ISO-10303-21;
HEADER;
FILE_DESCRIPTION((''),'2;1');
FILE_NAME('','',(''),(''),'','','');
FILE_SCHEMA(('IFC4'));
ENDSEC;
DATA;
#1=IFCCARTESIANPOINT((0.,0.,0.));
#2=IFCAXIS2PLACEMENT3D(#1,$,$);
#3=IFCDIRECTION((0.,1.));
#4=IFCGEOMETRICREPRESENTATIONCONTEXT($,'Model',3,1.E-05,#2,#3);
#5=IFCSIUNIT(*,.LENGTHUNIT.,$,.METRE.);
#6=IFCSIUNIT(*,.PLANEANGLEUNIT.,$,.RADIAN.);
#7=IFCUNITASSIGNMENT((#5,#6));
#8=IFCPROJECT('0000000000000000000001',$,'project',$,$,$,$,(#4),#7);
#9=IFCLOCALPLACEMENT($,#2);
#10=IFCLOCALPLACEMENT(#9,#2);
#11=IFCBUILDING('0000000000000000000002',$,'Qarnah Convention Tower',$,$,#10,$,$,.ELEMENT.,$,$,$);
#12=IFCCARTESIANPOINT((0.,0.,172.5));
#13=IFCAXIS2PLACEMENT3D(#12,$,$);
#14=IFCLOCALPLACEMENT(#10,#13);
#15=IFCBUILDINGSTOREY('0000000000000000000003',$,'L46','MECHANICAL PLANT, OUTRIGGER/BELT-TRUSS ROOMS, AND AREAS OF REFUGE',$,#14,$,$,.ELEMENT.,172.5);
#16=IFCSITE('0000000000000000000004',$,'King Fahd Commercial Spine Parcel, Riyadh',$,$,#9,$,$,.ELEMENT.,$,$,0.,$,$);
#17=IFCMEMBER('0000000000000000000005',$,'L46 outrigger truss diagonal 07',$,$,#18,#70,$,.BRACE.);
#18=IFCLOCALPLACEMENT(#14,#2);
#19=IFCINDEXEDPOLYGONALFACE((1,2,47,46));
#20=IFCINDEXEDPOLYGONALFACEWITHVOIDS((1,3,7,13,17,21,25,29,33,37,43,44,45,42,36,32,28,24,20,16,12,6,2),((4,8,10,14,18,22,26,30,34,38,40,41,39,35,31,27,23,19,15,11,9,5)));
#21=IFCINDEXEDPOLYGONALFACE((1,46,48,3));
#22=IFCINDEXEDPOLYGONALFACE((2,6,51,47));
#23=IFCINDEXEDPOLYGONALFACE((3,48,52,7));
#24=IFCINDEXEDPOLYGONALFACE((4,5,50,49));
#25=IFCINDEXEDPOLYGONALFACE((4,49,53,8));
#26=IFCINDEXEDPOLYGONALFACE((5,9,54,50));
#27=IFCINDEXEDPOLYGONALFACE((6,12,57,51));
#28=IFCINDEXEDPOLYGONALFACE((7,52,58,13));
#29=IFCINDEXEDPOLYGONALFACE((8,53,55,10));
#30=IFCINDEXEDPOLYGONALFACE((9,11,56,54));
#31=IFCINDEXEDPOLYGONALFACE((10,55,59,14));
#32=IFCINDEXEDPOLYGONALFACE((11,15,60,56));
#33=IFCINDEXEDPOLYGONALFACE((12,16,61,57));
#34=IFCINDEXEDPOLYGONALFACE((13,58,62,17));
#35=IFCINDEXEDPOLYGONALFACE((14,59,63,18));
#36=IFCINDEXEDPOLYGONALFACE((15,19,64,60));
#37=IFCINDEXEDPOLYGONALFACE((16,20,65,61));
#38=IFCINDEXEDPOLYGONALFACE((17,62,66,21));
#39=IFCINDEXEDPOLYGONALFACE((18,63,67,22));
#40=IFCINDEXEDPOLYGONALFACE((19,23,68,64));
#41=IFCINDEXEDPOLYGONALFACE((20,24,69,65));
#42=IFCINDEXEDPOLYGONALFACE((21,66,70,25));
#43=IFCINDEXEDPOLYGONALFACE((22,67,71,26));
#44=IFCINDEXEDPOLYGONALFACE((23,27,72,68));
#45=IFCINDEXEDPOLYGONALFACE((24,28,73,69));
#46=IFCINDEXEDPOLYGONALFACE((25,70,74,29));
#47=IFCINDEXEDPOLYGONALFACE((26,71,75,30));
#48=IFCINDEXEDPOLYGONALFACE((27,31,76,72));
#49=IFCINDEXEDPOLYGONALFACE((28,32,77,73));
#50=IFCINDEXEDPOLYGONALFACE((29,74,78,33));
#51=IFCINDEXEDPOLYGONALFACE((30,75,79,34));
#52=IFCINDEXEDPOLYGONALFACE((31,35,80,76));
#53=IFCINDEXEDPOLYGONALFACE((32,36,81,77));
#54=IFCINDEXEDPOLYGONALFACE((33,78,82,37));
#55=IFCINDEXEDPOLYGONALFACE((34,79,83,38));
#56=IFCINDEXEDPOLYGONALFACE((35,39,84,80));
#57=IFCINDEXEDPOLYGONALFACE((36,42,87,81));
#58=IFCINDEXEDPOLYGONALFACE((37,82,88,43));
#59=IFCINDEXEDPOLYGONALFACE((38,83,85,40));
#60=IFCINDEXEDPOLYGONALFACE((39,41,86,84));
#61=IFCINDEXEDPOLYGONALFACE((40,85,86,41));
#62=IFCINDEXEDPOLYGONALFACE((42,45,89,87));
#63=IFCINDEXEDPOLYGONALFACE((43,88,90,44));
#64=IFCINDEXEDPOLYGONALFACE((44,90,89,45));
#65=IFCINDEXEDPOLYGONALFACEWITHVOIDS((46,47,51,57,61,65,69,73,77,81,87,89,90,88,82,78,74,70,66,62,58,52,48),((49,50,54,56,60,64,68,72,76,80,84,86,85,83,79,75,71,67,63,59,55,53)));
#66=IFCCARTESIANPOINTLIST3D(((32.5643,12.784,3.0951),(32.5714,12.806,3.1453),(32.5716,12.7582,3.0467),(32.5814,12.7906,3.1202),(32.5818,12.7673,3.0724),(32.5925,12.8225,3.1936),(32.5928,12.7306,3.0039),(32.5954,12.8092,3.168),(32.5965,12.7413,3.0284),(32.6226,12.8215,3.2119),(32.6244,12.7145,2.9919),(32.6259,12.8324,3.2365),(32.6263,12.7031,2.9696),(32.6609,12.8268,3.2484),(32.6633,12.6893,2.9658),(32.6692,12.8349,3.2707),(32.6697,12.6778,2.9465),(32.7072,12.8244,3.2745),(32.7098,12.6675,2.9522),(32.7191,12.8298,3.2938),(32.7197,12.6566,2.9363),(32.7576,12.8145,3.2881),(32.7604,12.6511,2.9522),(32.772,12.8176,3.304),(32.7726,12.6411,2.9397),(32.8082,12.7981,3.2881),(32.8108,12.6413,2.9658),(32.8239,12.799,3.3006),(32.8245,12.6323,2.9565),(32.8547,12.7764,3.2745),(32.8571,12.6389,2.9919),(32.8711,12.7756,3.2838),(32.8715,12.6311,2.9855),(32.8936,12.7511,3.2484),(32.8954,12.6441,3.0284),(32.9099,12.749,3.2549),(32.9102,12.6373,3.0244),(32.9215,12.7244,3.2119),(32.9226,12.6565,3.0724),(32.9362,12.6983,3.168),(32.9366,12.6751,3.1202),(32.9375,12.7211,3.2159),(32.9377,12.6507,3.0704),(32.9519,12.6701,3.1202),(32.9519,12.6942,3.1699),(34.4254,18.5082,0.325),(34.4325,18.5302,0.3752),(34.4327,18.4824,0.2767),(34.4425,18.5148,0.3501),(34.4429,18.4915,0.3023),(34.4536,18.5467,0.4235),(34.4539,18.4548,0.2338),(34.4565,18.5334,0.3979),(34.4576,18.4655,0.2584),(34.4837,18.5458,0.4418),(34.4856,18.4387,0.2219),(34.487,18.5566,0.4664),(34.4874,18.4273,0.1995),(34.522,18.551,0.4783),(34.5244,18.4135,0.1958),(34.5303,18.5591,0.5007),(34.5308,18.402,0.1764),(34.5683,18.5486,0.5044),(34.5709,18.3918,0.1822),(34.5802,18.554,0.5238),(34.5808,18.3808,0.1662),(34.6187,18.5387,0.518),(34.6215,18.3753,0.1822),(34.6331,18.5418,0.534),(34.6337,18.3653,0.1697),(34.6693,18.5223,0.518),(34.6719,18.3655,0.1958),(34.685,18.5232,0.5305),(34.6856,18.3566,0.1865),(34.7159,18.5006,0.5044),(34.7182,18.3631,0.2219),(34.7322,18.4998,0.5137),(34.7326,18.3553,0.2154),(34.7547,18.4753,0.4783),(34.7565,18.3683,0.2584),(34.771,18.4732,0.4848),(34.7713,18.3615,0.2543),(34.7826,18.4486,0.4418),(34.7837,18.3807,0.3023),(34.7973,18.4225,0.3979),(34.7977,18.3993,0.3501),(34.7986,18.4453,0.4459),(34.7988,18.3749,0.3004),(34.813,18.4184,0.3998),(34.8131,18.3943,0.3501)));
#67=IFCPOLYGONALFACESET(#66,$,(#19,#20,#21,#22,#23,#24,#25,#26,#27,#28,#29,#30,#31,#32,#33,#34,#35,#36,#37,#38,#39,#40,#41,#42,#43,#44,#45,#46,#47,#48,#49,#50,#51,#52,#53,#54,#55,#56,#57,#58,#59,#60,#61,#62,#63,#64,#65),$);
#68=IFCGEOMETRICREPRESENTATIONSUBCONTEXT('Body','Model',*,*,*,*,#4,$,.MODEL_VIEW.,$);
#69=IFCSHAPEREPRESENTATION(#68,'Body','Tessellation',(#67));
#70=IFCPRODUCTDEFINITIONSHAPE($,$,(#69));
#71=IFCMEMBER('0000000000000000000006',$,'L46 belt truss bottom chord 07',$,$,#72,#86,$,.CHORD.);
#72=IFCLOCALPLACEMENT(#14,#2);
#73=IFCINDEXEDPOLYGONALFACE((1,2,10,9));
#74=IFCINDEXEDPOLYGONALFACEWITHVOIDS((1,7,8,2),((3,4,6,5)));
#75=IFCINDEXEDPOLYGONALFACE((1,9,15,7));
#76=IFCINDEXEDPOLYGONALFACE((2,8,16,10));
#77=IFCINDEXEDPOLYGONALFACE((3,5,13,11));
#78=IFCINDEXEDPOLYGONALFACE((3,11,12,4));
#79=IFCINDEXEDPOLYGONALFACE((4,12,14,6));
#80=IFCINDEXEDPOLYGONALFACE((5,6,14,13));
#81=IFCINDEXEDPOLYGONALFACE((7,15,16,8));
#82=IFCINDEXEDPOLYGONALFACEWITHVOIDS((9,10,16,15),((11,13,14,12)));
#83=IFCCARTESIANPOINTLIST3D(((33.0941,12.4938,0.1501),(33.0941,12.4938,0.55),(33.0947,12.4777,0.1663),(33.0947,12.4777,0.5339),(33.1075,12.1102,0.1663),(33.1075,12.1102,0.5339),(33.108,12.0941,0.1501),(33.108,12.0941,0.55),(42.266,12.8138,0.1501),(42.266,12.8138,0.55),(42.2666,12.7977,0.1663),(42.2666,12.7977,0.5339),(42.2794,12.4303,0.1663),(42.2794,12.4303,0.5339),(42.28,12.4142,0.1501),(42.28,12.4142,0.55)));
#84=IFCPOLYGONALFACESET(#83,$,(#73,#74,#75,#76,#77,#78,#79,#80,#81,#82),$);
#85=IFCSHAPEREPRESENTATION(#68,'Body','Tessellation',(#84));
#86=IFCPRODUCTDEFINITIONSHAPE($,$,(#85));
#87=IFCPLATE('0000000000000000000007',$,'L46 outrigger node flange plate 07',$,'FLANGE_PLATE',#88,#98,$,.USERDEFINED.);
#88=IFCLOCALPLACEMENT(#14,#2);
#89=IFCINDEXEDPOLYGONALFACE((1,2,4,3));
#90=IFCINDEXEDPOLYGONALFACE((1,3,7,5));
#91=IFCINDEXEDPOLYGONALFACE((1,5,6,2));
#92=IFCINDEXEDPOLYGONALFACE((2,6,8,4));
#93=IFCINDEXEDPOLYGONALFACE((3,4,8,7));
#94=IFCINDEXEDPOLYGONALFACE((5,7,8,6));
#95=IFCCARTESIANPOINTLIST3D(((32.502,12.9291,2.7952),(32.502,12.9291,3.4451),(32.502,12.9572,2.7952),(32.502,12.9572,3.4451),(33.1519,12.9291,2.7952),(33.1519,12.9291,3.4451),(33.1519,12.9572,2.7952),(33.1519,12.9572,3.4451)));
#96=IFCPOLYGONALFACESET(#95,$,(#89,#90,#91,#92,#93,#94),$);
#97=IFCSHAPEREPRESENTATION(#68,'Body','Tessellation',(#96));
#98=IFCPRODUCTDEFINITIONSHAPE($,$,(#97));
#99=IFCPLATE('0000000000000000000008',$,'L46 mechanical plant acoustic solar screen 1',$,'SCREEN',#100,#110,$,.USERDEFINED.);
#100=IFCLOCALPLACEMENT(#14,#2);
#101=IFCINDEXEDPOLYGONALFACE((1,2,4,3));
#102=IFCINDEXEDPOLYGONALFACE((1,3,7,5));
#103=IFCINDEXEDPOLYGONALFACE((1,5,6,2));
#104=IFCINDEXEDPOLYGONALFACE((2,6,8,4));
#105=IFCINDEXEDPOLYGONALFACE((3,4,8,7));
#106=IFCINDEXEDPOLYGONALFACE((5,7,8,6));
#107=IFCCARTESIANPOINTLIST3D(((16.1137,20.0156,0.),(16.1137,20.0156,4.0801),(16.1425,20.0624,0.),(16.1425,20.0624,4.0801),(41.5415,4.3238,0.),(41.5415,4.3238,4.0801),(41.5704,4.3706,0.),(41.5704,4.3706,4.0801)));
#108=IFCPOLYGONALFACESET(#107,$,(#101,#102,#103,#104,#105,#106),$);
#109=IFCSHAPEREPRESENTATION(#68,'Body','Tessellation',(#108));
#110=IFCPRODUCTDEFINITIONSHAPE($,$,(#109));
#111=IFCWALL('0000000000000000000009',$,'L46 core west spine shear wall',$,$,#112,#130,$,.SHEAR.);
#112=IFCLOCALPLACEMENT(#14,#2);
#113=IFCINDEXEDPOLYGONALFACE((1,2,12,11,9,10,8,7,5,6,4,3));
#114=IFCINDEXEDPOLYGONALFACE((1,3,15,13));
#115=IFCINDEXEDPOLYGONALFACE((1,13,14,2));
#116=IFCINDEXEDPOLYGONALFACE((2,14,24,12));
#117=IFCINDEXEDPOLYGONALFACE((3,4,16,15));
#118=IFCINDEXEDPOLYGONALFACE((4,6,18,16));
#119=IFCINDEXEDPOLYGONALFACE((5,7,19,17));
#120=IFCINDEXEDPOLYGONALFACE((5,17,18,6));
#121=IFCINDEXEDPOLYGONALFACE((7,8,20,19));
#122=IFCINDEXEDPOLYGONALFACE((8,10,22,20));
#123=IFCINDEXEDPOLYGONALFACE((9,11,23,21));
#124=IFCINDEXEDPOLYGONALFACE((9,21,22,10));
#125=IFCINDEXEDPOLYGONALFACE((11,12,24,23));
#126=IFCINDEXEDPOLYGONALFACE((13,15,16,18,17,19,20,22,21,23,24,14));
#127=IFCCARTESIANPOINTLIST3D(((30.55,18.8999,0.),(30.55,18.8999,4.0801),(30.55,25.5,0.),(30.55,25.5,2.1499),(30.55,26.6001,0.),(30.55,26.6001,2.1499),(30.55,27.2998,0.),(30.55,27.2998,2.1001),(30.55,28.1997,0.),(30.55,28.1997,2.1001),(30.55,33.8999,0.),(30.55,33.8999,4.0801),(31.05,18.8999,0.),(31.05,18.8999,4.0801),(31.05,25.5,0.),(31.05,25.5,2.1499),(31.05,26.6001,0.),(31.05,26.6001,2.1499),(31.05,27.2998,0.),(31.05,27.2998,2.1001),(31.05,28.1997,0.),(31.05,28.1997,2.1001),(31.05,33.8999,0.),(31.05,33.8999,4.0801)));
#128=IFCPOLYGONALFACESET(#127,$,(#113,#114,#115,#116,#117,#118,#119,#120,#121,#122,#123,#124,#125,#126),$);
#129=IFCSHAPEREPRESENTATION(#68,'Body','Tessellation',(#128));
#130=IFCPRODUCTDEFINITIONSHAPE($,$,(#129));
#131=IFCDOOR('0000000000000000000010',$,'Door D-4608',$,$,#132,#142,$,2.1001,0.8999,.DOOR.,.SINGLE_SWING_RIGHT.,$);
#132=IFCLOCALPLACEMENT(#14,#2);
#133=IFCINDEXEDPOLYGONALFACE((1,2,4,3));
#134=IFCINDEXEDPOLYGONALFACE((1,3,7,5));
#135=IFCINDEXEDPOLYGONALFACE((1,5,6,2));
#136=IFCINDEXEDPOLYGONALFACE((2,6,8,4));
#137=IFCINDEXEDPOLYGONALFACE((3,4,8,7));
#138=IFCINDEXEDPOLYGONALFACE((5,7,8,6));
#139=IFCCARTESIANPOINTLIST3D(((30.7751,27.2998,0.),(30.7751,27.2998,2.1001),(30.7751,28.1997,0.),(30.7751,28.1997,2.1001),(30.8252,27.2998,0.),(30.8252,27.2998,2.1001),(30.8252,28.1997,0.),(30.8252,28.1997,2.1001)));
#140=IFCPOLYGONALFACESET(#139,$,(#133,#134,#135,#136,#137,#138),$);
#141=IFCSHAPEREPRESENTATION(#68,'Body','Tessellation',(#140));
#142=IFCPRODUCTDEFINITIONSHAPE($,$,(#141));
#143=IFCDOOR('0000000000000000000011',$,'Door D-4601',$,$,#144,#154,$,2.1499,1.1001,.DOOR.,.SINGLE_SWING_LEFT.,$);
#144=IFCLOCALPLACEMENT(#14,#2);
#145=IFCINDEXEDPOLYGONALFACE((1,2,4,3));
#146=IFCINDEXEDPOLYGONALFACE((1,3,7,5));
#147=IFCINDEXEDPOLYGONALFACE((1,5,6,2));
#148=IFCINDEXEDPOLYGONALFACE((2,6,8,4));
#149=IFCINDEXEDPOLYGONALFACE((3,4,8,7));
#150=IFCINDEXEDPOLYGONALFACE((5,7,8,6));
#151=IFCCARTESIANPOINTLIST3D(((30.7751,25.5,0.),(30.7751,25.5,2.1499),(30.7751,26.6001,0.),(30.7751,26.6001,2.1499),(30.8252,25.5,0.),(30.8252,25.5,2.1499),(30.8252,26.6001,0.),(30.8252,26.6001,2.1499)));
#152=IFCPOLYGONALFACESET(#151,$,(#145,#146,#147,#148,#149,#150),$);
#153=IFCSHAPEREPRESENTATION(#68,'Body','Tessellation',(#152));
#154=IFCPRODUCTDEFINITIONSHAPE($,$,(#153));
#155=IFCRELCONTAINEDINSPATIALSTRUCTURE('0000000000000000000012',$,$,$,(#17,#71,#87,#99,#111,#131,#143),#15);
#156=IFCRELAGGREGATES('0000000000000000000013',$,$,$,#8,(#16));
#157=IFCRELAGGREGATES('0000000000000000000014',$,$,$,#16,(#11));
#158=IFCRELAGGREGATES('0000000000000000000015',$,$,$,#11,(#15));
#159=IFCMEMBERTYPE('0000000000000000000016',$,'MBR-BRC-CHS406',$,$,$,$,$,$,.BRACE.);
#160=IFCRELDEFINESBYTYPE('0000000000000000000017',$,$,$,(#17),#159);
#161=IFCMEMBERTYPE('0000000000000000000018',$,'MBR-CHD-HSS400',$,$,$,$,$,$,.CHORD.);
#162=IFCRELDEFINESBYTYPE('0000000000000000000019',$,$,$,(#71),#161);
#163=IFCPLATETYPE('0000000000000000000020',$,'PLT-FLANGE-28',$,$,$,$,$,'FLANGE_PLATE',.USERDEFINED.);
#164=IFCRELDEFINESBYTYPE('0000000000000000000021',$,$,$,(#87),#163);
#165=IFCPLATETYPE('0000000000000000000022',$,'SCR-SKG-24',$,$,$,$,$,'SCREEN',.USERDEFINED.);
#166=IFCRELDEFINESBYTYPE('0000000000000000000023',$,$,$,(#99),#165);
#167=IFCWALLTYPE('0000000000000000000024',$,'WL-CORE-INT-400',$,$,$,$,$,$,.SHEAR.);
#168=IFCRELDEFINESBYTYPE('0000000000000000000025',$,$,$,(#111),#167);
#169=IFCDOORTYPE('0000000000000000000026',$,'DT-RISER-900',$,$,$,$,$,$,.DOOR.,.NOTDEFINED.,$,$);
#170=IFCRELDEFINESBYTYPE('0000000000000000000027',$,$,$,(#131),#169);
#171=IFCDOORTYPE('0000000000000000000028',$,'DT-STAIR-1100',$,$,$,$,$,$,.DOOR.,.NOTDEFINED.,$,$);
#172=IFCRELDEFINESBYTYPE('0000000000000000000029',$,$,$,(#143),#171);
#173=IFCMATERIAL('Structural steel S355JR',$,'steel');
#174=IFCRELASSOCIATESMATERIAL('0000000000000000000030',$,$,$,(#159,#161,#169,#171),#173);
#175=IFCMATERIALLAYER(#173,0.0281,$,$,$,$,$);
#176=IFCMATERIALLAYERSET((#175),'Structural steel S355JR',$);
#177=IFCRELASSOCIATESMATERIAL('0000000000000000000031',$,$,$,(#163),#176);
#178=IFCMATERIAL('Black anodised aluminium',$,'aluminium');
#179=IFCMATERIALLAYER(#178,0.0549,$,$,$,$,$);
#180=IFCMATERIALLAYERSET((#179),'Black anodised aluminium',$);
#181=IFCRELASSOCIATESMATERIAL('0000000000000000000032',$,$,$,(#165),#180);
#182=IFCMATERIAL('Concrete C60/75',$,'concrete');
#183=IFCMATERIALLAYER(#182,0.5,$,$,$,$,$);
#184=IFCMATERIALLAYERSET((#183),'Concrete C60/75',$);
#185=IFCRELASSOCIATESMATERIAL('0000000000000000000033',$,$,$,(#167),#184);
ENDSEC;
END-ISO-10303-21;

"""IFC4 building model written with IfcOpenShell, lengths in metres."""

from ifc_helpers import new_model, si_unit, direction, frame, frame_2d, origin, origin_2d, place, context, subcontext, project, spatial, rectangle, hollow_rectangle, hollow_circle, extrude, material, layer, layer_set, material_profile, profile_set, type_object, element, fill, save


model = new_model("IFC4")

# Units and contexts
model_context = context("Model", 3, precision=1e-05, world=origin(), true_north=direction((0.0, 1.0)))
body_context = subcontext(model_context, "Body", "Model", "MODEL_VIEW")
ifc_project = project(units=[si_unit("LENGTHUNIT", "METRE"), si_unit("PLANEANGLEUNIT", "RADIAN")], contexts=[model_context])

# Site, building, storey
site_placement = place(None, origin())
site = spatial("IfcSite", under=ifc_project, at=site_placement, Name="King Fahd Commercial Spine Parcel, Riyadh", CompositionType="ELEMENT", RefElevation=0.0)
building_placement = place(site_placement, origin())
building = spatial("IfcBuilding", under=site, at=building_placement, Name="Qarnah Convention Tower", CompositionType="ELEMENT")
storey_placement = place(building_placement, frame((0.0, 0.0, 172.5)))
storey = spatial("IfcBuildingStorey", under=building, at=storey_placement, Name="L46", Description="MECHANICAL PLANT, OUTRIGGER/BELT-TRUSS ROOMS, AND AREAS OF REFUGE", CompositionType="ELEMENT", Elevation=172.5)

# Shared definitions
ifc_material_1 = material(Name="Concrete C60/75", Category="concrete")

# Shared definitions
ifc_material_2 = material(Name="Structural steel S355JR", Category="steel")

# Members
ifc_material_profile_1 = material_profile(ifc_material_2, hollow_circle(Radius=0.2029, WallThickness=0.0161, at=origin_2d()), Name="CHS406X16")
ifc_profile_set_1 = profile_set([ifc_material_profile_1], Name="Structural steel S355JR")
member_type_1 = type_object("IfcMemberType", Name="MBR-BRC-CHS406", PredefinedType="BRACE", material=ifc_profile_set_1)
member_1_placement = place(storey_placement, frame((34.6201, 18.457, 0.3501), z_axis=(-0.280881, -0.863904, 0.418061), x_axis=(0.950998, -0.309198, 0.0)))
element("IfcMember", 1, at=member_1_placement, inside=storey, type_object=member_type_1, Name="L46 outrigger truss diagonal 07", PredefinedType="BRACE", context=body_context, shape_type="SweptSolid", body=[
    extrude(hollow_circle(Radius=0.2029, WallThickness=0.0161, at=origin_2d()), origin(), (0.0, 0.0, 1.0), 6.626),
])
ifc_material_profile_2 = material_profile(ifc_material_2, hollow_rectangle(XDim=0.3999, YDim=0.3999, WallThickness=0.0161, at=origin_2d()), Name="HSS400X400X16")
ifc_profile_set_2 = profile_set([ifc_material_profile_2], Name="Structural steel S355JR")
member_type_2 = type_object("IfcMemberType", Name="MBR-CHD-HSS400", PredefinedType="CHORD", material=ifc_profile_set_2)
member_2_placement = place(storey_placement, frame((33.1011, 12.2939, 0.3501), z_axis=(0.999392, 0.034875, 0.0), x_axis=(-0.034875, 0.999392, 0.0)))
element("IfcMember", 2, at=member_2_placement, inside=storey, type_object=member_type_2, Name="L46 belt truss bottom chord 07", PredefinedType="CHORD", context=body_context, shape_type="SweptSolid", body=[
    extrude(hollow_rectangle(XDim=0.3999, YDim=0.3999, WallThickness=0.0161, at=origin_2d()), origin(), (0.0, 0.0, 1.0), 9.1775),
])

# Plates
ifc_layer_1 = layer(ifc_material_2, 0.0281)
ifc_layer_set_1 = layer_set([ifc_layer_1], Name="Structural steel S355JR")
plate_type_1 = type_object("IfcPlateType", Name="PLT-FLANGE-28", ElementType="FLANGE_PLATE", PredefinedType="USERDEFINED", material=ifc_layer_set_1)
plate_1_placement = place(storey_placement, frame((32.8269, 12.9431, 2.7952), z_axis=(0.0, 0.0, 1.0), x_axis=(1.0, 0.0, 0.0)))
element("IfcPlate", 3, at=plate_1_placement, inside=storey, type_object=plate_type_1, Name="L46 outrigger node flange plate 07", ObjectType="FLANGE_PLATE", PredefinedType="USERDEFINED", context=body_context, shape_type="SweptSolid", body=[
    extrude(rectangle(XDim=0.6499, YDim=0.0281, at=origin_2d()), origin(), (0.0, 0.0, 1.0), 0.6499),
])
ifc_material_3 = material(Name="Black anodised aluminium", Category="aluminium")
ifc_layer_2 = layer(ifc_material_3, 0.0549)
ifc_layer_set_2 = layer_set([ifc_layer_2], Name="Black anodised aluminium")
plate_type_2 = type_object("IfcPlateType", Name="SCR-SKG-24", ElementType="SCREEN", PredefinedType="USERDEFINED", material=ifc_layer_set_2)
plate_2_placement = place(storey_placement, frame((28.842, 12.1931, 0.0), z_axis=(0.0, 0.0, 1.0), x_axis=(-0.851002, 0.525163, 0.0)))
element("IfcPlate", 4, at=plate_2_placement, inside=storey, type_object=plate_type_2, Name="L46 mechanical plant acoustic solar screen 1", ObjectType="SCREEN", PredefinedType="USERDEFINED", context=body_context, shape_type="SweptSolid", body=[
    extrude(rectangle(XDim=29.8799, YDim=0.0549, at=origin_2d()), origin(), (0.0, 0.0, 1.0), 4.0801),
])

# Wall, openings, doors
ifc_layer_3 = layer(ifc_material_1, 0.5)
ifc_layer_set_3 = layer_set([ifc_layer_3], Name="Concrete C60/75")
wall_type_1 = type_object("IfcWallType", Name="WL-CORE-INT-400", PredefinedType="SHEAR", material=ifc_layer_set_3)
wall_1_placement = place(storey_placement, frame((30.8, 18.8999, 0.0), z_axis=(0.0, 0.0, 1.0), x_axis=(0.0, 1.0, 0.0)))
wall_1 = element("IfcWall", 5, at=wall_1_placement, inside=storey, type_object=wall_type_1, Name="L46 core west spine shear wall", PredefinedType="SHEAR", context=body_context, shape_type="SweptSolid", body=[
    extrude(rectangle(XDim=15.0, YDim=0.5, at=frame_2d((7.5, 0.0))), origin(), (0.0, 0.0, 1.0), 4.0801),
])
opening_1_placement = place(wall_1_placement, frame((6.6001, 0.0, 0.0)))
opening_1 = element("IfcOpeningElement", 6, at=opening_1_placement, cuts=wall_1, PredefinedType="OPENING", context=body_context, shape_type="SweptSolid", body=[
    extrude(rectangle(XDim=1.1001, YDim=2.1499, at=frame_2d((0.55, 1.075))), frame((0.0, 0.26, 0.0), z_axis=(0.0, -1.0, 0.0), x_axis=(1.0, 0.0, 0.0)), (0.0, 0.0, 1.0), 0.52),
])
opening_2_placement = place(wall_1_placement, frame((8.3999, 0.0, 0.0)))
opening_2 = element("IfcOpeningElement", 7, at=opening_2_placement, cuts=wall_1, PredefinedType="OPENING", context=body_context, shape_type="SweptSolid", body=[
    extrude(rectangle(XDim=0.8999, YDim=2.1001, at=frame_2d((0.45, 1.05))), frame((0.0, 0.26, 0.0), z_axis=(0.0, -1.0, 0.0), x_axis=(1.0, 0.0, 0.0)), (0.0, 0.0, 1.0), 0.52),
])
door_type_1 = type_object("IfcDoorType", Name="DT-RISER-900", OperationType="NOTDEFINED", PredefinedType="DOOR", material=ifc_material_2)
door_1_placement = place(opening_2_placement, origin())
door_1 = element("IfcDoor", 8, at=door_1_placement, inside=storey, type_object=door_type_1, Name="Door D-4608", OperationType="SINGLE_SWING_RIGHT", OverallHeight=2.1001, OverallWidth=0.8999, PredefinedType="DOOR", context=body_context, shape_type="SweptSolid", body=[
    extrude(rectangle(XDim=0.8999, YDim=2.1001, at=frame_2d((0.45, 1.05))), frame((0.0, 0.0249, 0.0), z_axis=(0.0, -1.0, 0.0), x_axis=(1.0, 0.0, 0.0)), (0.0, 0.0, 1.0), 0.05),
])
fill(opening_2, door_1)
door_type_2 = type_object("IfcDoorType", Name="DT-STAIR-1100", OperationType="NOTDEFINED", PredefinedType="DOOR", material=ifc_material_2)
door_2_placement = place(opening_1_placement, origin())
door_2 = element("IfcDoor", 9, at=door_2_placement, inside=storey, type_object=door_type_2, Name="Door D-4601", OperationType="SINGLE_SWING_LEFT", OverallHeight=2.1499, OverallWidth=1.1001, PredefinedType="DOOR", context=body_context, shape_type="SweptSolid", body=[
    extrude(rectangle(XDim=1.1001, YDim=2.1499, at=frame_2d((0.55, 1.075))), frame((0.0, 0.0249, 0.0), z_axis=(0.0, -1.0, 0.0), x_axis=(1.0, 0.0, 0.0)), (0.0, 0.0, 1.0), 0.05),
])
fill(opening_1, door_2)

save(model, "model.ifc")
